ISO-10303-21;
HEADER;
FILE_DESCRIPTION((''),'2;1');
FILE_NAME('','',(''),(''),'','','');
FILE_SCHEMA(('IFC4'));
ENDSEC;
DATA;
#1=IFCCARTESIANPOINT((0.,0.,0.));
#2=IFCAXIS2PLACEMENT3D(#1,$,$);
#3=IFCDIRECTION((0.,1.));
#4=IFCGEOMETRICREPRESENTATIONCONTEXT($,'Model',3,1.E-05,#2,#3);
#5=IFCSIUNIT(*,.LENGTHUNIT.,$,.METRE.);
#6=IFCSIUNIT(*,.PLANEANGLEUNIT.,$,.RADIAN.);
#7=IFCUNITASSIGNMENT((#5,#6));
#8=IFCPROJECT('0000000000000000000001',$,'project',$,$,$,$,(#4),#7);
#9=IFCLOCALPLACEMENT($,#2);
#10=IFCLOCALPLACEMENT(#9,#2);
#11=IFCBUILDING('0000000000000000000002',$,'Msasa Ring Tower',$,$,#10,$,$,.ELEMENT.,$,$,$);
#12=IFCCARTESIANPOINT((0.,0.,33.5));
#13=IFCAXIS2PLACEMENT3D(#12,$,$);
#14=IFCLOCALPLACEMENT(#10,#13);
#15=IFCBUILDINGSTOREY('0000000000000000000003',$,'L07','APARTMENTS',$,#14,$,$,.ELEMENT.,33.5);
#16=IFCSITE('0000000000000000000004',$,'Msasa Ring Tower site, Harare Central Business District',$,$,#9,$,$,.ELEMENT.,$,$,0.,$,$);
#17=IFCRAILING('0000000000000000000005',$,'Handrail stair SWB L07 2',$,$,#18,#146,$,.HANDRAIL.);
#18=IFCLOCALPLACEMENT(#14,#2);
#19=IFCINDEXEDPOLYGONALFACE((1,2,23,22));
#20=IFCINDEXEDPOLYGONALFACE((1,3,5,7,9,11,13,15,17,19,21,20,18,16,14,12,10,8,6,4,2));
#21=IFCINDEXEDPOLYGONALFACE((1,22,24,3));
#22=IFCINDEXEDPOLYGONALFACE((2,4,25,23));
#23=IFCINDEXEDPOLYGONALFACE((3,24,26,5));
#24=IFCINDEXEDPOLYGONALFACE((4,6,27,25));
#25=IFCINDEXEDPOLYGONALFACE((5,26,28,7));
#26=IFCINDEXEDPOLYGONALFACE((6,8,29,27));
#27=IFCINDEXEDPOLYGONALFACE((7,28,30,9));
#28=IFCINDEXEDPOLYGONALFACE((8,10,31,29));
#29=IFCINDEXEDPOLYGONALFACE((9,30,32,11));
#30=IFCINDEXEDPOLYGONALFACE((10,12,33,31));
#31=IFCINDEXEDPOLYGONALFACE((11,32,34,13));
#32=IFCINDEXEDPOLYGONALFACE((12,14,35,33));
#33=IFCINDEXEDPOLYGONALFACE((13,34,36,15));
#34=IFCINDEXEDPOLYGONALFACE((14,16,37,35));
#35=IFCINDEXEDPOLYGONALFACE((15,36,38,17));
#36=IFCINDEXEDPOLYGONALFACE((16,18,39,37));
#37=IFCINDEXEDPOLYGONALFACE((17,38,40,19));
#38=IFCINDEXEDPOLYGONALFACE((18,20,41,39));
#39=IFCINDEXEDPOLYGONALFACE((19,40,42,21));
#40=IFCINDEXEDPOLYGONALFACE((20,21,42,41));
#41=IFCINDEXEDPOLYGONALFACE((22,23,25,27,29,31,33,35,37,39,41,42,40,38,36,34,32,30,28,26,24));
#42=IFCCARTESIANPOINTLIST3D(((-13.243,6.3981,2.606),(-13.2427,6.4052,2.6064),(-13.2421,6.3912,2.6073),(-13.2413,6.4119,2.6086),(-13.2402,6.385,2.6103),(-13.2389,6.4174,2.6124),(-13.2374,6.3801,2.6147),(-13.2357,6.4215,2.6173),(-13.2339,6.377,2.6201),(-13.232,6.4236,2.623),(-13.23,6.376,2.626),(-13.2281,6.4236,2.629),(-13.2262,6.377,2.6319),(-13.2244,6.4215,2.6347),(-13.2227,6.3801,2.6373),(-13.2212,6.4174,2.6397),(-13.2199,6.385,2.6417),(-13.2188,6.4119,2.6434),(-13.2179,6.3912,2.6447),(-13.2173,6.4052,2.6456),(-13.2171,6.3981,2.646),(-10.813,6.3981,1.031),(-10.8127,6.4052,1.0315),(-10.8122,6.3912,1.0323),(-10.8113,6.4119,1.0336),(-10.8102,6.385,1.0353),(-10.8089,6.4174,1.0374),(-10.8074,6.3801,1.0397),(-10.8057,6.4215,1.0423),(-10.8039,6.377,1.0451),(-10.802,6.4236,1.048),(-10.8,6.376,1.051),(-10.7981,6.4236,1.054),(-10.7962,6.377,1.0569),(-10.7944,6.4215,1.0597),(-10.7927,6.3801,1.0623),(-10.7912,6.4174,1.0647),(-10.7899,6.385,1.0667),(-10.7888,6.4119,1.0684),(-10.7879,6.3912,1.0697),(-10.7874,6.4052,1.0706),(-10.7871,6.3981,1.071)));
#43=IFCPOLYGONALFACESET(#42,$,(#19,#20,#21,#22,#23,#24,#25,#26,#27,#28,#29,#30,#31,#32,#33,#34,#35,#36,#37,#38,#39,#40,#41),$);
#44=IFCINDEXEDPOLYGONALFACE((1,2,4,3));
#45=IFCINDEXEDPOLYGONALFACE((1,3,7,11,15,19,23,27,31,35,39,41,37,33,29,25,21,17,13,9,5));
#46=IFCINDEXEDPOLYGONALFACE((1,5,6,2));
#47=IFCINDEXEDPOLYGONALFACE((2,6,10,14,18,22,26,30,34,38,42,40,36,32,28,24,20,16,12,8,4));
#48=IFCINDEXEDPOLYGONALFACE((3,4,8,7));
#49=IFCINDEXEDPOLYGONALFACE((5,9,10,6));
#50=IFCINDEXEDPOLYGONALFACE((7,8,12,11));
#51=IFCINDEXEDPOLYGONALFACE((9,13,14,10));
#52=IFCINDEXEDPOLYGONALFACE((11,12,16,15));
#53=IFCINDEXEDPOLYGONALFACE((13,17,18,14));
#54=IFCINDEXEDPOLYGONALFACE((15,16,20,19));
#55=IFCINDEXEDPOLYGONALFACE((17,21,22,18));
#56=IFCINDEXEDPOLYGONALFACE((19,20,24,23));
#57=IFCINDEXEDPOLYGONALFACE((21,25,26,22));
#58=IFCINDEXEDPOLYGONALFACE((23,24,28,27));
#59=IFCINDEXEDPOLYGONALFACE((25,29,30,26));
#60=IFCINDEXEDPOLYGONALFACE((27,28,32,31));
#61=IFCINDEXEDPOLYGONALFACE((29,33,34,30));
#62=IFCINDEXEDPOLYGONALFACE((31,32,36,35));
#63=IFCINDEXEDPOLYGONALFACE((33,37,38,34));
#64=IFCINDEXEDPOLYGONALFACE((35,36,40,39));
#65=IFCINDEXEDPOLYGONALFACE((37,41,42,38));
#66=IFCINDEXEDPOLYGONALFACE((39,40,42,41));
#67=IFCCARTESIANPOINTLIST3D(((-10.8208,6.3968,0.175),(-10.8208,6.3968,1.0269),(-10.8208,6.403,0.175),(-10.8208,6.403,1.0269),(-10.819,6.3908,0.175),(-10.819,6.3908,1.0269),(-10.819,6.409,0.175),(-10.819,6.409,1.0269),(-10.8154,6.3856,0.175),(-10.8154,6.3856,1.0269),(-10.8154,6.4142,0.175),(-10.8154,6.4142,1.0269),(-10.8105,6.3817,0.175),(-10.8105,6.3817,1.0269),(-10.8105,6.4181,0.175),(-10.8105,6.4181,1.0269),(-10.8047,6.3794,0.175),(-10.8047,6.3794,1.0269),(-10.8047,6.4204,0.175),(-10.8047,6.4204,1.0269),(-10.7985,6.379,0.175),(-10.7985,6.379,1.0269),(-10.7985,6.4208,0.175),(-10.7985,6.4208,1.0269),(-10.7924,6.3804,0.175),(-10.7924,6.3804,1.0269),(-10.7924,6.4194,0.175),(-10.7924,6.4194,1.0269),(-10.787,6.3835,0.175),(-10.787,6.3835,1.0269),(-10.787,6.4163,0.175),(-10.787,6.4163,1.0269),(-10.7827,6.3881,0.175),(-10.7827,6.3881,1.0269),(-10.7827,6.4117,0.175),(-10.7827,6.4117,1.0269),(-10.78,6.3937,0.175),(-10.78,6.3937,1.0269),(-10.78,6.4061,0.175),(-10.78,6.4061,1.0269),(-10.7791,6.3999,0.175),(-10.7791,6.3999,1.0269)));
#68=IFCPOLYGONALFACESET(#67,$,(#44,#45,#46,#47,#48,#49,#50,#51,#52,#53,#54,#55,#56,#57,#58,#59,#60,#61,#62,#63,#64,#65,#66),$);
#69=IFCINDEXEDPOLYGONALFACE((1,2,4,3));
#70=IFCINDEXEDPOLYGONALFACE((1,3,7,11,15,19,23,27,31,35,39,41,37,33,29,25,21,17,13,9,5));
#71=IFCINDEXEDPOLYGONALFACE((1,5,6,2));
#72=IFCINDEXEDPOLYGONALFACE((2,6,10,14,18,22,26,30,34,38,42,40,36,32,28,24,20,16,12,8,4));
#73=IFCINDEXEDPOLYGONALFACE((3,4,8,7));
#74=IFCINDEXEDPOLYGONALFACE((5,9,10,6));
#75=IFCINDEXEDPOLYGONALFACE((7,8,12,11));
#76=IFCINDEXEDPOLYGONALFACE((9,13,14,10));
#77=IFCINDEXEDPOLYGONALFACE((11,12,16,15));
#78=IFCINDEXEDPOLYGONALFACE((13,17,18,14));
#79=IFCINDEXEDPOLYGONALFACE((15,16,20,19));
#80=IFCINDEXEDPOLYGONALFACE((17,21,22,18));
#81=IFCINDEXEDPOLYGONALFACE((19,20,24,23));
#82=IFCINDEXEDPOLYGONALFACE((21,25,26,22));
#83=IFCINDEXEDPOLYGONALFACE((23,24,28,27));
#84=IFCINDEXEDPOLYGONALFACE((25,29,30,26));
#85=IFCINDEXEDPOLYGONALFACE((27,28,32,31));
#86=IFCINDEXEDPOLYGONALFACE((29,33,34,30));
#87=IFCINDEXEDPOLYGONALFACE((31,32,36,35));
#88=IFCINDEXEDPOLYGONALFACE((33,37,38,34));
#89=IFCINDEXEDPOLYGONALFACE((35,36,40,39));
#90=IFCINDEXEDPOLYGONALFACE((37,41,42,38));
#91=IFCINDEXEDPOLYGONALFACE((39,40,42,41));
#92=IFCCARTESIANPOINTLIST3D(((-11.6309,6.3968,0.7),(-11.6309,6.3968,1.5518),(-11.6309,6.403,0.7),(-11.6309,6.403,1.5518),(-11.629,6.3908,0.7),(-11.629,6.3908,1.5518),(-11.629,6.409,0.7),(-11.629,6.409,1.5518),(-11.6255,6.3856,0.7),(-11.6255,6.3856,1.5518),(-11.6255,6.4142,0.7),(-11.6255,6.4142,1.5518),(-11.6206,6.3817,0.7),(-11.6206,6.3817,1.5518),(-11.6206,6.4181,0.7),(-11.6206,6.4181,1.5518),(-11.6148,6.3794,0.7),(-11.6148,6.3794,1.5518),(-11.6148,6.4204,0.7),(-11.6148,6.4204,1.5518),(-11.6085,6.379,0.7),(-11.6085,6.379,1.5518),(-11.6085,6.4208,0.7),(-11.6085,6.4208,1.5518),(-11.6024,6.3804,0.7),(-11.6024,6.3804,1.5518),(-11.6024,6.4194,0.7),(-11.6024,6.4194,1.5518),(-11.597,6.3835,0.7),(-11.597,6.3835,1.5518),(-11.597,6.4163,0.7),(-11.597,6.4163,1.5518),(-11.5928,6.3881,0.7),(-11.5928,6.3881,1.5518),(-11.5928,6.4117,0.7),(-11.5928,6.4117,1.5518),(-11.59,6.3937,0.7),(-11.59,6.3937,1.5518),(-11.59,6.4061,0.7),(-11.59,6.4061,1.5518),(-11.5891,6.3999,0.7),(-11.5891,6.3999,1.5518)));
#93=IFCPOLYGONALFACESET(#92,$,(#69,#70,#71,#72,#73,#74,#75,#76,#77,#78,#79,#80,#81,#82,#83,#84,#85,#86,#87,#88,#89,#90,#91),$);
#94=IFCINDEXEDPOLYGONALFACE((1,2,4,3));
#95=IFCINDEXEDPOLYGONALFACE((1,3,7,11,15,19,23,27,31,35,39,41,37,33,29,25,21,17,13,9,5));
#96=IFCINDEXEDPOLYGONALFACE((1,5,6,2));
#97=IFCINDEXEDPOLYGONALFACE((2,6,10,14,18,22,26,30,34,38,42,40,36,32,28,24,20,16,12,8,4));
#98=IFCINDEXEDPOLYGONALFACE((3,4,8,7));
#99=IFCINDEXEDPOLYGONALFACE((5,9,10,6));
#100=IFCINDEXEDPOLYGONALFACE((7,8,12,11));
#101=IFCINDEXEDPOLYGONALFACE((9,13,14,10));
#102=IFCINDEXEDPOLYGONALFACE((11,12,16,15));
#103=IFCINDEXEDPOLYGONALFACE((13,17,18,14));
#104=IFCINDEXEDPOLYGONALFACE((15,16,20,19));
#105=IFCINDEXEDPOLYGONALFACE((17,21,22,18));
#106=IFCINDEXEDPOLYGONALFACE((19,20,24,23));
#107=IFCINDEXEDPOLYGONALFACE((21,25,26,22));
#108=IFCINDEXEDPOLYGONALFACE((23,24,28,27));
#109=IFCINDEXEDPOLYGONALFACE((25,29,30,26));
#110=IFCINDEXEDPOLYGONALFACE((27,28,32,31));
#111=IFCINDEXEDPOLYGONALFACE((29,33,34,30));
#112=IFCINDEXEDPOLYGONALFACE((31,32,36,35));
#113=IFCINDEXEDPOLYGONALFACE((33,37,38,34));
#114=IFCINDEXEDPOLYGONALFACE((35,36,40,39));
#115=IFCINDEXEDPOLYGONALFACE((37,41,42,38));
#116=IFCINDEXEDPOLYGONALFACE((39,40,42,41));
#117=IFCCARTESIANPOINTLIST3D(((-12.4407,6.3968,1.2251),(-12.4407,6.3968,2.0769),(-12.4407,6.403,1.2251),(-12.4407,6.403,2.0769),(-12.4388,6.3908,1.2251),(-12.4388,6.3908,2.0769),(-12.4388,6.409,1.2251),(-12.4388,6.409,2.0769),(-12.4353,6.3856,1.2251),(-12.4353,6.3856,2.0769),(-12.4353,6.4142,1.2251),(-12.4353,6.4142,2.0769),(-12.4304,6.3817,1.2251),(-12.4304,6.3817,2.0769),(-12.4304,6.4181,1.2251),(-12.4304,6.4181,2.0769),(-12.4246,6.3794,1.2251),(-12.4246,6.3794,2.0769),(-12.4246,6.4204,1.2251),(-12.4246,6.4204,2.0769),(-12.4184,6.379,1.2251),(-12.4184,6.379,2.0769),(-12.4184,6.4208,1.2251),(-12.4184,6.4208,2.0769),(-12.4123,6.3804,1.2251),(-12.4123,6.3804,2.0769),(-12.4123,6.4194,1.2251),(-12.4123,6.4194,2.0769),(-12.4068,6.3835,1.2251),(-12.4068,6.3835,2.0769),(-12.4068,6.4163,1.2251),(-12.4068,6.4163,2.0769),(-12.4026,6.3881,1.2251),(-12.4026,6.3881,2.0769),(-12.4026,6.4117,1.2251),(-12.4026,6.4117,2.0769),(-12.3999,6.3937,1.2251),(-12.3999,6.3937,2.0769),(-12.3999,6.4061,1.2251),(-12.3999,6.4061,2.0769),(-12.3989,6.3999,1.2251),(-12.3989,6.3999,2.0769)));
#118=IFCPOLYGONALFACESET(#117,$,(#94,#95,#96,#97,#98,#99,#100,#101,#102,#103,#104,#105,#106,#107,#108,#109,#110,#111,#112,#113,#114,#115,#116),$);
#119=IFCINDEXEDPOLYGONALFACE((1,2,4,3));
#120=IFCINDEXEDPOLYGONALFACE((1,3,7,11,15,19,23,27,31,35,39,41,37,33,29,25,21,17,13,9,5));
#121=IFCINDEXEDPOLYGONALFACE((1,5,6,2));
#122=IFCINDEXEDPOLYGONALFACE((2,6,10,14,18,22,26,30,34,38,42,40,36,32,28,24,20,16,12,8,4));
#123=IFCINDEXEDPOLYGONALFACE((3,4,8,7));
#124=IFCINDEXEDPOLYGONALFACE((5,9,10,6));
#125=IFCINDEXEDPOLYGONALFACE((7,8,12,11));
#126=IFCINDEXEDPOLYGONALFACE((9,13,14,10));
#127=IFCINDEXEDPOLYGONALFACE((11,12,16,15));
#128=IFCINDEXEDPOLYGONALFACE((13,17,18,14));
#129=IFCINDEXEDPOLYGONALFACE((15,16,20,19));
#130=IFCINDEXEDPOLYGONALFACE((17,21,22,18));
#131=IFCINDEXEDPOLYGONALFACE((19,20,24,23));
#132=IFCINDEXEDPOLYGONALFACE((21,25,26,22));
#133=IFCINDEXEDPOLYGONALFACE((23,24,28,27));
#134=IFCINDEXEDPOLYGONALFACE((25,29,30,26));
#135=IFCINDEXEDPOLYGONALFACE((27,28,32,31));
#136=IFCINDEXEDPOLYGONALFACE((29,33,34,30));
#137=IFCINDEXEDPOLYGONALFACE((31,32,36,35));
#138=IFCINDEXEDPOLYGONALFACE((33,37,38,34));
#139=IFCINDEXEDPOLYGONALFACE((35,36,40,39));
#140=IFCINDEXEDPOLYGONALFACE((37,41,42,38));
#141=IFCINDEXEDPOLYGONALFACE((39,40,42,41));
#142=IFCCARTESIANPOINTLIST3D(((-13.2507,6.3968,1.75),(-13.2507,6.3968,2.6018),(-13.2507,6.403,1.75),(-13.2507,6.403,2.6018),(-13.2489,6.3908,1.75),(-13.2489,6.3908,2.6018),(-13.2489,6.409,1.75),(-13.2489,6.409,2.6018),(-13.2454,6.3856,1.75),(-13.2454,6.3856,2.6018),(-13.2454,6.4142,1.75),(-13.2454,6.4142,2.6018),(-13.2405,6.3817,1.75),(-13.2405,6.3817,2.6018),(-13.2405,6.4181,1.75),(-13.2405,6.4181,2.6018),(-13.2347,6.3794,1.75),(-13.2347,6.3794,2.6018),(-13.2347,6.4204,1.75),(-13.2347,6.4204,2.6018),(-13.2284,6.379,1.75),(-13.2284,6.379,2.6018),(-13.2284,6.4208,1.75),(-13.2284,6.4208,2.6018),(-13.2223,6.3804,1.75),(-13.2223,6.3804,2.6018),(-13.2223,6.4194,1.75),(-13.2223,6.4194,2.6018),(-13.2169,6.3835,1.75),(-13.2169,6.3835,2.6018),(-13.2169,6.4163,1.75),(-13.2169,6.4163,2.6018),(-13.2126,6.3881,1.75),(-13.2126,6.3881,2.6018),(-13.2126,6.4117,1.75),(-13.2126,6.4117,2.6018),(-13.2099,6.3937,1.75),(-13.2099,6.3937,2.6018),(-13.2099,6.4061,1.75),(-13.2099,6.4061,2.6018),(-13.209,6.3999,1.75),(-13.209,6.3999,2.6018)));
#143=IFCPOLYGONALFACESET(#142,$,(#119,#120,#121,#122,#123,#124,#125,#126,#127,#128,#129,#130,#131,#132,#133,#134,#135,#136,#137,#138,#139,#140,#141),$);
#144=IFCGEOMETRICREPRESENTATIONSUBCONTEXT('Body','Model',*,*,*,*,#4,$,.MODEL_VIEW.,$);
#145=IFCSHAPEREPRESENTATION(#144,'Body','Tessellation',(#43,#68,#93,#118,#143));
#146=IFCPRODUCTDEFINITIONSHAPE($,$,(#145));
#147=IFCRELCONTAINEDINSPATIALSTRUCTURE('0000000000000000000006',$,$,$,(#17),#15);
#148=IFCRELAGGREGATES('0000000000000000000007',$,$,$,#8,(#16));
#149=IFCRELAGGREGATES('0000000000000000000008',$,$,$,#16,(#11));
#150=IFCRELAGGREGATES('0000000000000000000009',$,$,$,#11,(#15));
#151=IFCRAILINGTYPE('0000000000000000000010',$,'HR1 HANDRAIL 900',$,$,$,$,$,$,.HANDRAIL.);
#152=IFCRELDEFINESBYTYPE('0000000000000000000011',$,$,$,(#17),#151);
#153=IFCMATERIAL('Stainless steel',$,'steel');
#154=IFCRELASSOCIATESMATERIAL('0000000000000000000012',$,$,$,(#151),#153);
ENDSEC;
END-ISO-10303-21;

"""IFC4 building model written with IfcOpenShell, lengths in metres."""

from ifc_helpers import new_model, si_unit, direction, frame, origin, origin_2d, place, context, subcontext, project, spatial, circle, extrude, material, type_object, element, save


model = new_model("IFC4")

# Units and contexts
model_context = context("Model", 3, precision=1e-05, world=origin(), true_north=direction((0.0, 1.0)))
body_context = subcontext(model_context, "Body", "Model", "MODEL_VIEW")
ifc_project = project(units=[si_unit("LENGTHUNIT", "METRE"), si_unit("PLANEANGLEUNIT", "RADIAN")], contexts=[model_context])

# Site, building, storey
site_placement = place(None, origin())
site = spatial("IfcSite", under=ifc_project, at=site_placement, Name="Msasa Ring Tower site, Harare Central Business District", CompositionType="ELEMENT", RefElevation=0.0)
building_placement = place(site_placement, origin())
building = spatial("IfcBuilding", under=site, at=building_placement, Name="Msasa Ring Tower", CompositionType="ELEMENT")
storey_placement = place(building_placement, frame((0.0, 0.0, 33.5)))
storey = spatial("IfcBuildingStorey", under=building, at=storey_placement, Name="L07", Description="APARTMENTS", CompositionType="ELEMENT", Elevation=33.5)

# Railing
ifc_material_1 = material(Name="Stainless steel", Category="steel")
railing_type = type_object("IfcRailingType", Name="HR1 HANDRAIL 900", PredefinedType="HANDRAIL", material=ifc_material_1)
for number, where, name in (
    (1, (-10.8, 6.3999, 0.175), "Handrail stair SWB L07 2"),
):
    element("IfcRailing", number, at=place(storey_placement, frame(where)), inside=storey, type_object=railing_type, Name=name, PredefinedType="HANDRAIL", context=body_context, shape_type="SweptSolid", body=[
        extrude(circle(Radius=0.0239, at=origin_2d()), frame((0.0, 0.0, 0.876), z_axis=(-0.839154, 0.0, 0.543894), x_axis=(0.0, -1.0, 0.0)), (0.0, 0.0, 1.0), 2.8958),
        extrude(circle(Radius=0.021, at=origin_2d()), origin(), (0.0, 0.0, 1.0), 0.8518),
        extrude(circle(Radius=0.021, at=origin_2d()), frame((-0.8101, 0.0, 0.5249)), (0.0, 0.0, 1.0), 0.8518),
        extrude(circle(Radius=0.021, at=origin_2d()), frame((-1.6199, 0.0, 1.05)), (0.0, 0.0, 1.0), 0.8518),
        extrude(circle(Radius=0.021, at=origin_2d()), frame((-2.4299, 0.0, 1.575)), (0.0, 0.0, 1.0), 0.8518),
    ])

save(model, "model.ifc")
